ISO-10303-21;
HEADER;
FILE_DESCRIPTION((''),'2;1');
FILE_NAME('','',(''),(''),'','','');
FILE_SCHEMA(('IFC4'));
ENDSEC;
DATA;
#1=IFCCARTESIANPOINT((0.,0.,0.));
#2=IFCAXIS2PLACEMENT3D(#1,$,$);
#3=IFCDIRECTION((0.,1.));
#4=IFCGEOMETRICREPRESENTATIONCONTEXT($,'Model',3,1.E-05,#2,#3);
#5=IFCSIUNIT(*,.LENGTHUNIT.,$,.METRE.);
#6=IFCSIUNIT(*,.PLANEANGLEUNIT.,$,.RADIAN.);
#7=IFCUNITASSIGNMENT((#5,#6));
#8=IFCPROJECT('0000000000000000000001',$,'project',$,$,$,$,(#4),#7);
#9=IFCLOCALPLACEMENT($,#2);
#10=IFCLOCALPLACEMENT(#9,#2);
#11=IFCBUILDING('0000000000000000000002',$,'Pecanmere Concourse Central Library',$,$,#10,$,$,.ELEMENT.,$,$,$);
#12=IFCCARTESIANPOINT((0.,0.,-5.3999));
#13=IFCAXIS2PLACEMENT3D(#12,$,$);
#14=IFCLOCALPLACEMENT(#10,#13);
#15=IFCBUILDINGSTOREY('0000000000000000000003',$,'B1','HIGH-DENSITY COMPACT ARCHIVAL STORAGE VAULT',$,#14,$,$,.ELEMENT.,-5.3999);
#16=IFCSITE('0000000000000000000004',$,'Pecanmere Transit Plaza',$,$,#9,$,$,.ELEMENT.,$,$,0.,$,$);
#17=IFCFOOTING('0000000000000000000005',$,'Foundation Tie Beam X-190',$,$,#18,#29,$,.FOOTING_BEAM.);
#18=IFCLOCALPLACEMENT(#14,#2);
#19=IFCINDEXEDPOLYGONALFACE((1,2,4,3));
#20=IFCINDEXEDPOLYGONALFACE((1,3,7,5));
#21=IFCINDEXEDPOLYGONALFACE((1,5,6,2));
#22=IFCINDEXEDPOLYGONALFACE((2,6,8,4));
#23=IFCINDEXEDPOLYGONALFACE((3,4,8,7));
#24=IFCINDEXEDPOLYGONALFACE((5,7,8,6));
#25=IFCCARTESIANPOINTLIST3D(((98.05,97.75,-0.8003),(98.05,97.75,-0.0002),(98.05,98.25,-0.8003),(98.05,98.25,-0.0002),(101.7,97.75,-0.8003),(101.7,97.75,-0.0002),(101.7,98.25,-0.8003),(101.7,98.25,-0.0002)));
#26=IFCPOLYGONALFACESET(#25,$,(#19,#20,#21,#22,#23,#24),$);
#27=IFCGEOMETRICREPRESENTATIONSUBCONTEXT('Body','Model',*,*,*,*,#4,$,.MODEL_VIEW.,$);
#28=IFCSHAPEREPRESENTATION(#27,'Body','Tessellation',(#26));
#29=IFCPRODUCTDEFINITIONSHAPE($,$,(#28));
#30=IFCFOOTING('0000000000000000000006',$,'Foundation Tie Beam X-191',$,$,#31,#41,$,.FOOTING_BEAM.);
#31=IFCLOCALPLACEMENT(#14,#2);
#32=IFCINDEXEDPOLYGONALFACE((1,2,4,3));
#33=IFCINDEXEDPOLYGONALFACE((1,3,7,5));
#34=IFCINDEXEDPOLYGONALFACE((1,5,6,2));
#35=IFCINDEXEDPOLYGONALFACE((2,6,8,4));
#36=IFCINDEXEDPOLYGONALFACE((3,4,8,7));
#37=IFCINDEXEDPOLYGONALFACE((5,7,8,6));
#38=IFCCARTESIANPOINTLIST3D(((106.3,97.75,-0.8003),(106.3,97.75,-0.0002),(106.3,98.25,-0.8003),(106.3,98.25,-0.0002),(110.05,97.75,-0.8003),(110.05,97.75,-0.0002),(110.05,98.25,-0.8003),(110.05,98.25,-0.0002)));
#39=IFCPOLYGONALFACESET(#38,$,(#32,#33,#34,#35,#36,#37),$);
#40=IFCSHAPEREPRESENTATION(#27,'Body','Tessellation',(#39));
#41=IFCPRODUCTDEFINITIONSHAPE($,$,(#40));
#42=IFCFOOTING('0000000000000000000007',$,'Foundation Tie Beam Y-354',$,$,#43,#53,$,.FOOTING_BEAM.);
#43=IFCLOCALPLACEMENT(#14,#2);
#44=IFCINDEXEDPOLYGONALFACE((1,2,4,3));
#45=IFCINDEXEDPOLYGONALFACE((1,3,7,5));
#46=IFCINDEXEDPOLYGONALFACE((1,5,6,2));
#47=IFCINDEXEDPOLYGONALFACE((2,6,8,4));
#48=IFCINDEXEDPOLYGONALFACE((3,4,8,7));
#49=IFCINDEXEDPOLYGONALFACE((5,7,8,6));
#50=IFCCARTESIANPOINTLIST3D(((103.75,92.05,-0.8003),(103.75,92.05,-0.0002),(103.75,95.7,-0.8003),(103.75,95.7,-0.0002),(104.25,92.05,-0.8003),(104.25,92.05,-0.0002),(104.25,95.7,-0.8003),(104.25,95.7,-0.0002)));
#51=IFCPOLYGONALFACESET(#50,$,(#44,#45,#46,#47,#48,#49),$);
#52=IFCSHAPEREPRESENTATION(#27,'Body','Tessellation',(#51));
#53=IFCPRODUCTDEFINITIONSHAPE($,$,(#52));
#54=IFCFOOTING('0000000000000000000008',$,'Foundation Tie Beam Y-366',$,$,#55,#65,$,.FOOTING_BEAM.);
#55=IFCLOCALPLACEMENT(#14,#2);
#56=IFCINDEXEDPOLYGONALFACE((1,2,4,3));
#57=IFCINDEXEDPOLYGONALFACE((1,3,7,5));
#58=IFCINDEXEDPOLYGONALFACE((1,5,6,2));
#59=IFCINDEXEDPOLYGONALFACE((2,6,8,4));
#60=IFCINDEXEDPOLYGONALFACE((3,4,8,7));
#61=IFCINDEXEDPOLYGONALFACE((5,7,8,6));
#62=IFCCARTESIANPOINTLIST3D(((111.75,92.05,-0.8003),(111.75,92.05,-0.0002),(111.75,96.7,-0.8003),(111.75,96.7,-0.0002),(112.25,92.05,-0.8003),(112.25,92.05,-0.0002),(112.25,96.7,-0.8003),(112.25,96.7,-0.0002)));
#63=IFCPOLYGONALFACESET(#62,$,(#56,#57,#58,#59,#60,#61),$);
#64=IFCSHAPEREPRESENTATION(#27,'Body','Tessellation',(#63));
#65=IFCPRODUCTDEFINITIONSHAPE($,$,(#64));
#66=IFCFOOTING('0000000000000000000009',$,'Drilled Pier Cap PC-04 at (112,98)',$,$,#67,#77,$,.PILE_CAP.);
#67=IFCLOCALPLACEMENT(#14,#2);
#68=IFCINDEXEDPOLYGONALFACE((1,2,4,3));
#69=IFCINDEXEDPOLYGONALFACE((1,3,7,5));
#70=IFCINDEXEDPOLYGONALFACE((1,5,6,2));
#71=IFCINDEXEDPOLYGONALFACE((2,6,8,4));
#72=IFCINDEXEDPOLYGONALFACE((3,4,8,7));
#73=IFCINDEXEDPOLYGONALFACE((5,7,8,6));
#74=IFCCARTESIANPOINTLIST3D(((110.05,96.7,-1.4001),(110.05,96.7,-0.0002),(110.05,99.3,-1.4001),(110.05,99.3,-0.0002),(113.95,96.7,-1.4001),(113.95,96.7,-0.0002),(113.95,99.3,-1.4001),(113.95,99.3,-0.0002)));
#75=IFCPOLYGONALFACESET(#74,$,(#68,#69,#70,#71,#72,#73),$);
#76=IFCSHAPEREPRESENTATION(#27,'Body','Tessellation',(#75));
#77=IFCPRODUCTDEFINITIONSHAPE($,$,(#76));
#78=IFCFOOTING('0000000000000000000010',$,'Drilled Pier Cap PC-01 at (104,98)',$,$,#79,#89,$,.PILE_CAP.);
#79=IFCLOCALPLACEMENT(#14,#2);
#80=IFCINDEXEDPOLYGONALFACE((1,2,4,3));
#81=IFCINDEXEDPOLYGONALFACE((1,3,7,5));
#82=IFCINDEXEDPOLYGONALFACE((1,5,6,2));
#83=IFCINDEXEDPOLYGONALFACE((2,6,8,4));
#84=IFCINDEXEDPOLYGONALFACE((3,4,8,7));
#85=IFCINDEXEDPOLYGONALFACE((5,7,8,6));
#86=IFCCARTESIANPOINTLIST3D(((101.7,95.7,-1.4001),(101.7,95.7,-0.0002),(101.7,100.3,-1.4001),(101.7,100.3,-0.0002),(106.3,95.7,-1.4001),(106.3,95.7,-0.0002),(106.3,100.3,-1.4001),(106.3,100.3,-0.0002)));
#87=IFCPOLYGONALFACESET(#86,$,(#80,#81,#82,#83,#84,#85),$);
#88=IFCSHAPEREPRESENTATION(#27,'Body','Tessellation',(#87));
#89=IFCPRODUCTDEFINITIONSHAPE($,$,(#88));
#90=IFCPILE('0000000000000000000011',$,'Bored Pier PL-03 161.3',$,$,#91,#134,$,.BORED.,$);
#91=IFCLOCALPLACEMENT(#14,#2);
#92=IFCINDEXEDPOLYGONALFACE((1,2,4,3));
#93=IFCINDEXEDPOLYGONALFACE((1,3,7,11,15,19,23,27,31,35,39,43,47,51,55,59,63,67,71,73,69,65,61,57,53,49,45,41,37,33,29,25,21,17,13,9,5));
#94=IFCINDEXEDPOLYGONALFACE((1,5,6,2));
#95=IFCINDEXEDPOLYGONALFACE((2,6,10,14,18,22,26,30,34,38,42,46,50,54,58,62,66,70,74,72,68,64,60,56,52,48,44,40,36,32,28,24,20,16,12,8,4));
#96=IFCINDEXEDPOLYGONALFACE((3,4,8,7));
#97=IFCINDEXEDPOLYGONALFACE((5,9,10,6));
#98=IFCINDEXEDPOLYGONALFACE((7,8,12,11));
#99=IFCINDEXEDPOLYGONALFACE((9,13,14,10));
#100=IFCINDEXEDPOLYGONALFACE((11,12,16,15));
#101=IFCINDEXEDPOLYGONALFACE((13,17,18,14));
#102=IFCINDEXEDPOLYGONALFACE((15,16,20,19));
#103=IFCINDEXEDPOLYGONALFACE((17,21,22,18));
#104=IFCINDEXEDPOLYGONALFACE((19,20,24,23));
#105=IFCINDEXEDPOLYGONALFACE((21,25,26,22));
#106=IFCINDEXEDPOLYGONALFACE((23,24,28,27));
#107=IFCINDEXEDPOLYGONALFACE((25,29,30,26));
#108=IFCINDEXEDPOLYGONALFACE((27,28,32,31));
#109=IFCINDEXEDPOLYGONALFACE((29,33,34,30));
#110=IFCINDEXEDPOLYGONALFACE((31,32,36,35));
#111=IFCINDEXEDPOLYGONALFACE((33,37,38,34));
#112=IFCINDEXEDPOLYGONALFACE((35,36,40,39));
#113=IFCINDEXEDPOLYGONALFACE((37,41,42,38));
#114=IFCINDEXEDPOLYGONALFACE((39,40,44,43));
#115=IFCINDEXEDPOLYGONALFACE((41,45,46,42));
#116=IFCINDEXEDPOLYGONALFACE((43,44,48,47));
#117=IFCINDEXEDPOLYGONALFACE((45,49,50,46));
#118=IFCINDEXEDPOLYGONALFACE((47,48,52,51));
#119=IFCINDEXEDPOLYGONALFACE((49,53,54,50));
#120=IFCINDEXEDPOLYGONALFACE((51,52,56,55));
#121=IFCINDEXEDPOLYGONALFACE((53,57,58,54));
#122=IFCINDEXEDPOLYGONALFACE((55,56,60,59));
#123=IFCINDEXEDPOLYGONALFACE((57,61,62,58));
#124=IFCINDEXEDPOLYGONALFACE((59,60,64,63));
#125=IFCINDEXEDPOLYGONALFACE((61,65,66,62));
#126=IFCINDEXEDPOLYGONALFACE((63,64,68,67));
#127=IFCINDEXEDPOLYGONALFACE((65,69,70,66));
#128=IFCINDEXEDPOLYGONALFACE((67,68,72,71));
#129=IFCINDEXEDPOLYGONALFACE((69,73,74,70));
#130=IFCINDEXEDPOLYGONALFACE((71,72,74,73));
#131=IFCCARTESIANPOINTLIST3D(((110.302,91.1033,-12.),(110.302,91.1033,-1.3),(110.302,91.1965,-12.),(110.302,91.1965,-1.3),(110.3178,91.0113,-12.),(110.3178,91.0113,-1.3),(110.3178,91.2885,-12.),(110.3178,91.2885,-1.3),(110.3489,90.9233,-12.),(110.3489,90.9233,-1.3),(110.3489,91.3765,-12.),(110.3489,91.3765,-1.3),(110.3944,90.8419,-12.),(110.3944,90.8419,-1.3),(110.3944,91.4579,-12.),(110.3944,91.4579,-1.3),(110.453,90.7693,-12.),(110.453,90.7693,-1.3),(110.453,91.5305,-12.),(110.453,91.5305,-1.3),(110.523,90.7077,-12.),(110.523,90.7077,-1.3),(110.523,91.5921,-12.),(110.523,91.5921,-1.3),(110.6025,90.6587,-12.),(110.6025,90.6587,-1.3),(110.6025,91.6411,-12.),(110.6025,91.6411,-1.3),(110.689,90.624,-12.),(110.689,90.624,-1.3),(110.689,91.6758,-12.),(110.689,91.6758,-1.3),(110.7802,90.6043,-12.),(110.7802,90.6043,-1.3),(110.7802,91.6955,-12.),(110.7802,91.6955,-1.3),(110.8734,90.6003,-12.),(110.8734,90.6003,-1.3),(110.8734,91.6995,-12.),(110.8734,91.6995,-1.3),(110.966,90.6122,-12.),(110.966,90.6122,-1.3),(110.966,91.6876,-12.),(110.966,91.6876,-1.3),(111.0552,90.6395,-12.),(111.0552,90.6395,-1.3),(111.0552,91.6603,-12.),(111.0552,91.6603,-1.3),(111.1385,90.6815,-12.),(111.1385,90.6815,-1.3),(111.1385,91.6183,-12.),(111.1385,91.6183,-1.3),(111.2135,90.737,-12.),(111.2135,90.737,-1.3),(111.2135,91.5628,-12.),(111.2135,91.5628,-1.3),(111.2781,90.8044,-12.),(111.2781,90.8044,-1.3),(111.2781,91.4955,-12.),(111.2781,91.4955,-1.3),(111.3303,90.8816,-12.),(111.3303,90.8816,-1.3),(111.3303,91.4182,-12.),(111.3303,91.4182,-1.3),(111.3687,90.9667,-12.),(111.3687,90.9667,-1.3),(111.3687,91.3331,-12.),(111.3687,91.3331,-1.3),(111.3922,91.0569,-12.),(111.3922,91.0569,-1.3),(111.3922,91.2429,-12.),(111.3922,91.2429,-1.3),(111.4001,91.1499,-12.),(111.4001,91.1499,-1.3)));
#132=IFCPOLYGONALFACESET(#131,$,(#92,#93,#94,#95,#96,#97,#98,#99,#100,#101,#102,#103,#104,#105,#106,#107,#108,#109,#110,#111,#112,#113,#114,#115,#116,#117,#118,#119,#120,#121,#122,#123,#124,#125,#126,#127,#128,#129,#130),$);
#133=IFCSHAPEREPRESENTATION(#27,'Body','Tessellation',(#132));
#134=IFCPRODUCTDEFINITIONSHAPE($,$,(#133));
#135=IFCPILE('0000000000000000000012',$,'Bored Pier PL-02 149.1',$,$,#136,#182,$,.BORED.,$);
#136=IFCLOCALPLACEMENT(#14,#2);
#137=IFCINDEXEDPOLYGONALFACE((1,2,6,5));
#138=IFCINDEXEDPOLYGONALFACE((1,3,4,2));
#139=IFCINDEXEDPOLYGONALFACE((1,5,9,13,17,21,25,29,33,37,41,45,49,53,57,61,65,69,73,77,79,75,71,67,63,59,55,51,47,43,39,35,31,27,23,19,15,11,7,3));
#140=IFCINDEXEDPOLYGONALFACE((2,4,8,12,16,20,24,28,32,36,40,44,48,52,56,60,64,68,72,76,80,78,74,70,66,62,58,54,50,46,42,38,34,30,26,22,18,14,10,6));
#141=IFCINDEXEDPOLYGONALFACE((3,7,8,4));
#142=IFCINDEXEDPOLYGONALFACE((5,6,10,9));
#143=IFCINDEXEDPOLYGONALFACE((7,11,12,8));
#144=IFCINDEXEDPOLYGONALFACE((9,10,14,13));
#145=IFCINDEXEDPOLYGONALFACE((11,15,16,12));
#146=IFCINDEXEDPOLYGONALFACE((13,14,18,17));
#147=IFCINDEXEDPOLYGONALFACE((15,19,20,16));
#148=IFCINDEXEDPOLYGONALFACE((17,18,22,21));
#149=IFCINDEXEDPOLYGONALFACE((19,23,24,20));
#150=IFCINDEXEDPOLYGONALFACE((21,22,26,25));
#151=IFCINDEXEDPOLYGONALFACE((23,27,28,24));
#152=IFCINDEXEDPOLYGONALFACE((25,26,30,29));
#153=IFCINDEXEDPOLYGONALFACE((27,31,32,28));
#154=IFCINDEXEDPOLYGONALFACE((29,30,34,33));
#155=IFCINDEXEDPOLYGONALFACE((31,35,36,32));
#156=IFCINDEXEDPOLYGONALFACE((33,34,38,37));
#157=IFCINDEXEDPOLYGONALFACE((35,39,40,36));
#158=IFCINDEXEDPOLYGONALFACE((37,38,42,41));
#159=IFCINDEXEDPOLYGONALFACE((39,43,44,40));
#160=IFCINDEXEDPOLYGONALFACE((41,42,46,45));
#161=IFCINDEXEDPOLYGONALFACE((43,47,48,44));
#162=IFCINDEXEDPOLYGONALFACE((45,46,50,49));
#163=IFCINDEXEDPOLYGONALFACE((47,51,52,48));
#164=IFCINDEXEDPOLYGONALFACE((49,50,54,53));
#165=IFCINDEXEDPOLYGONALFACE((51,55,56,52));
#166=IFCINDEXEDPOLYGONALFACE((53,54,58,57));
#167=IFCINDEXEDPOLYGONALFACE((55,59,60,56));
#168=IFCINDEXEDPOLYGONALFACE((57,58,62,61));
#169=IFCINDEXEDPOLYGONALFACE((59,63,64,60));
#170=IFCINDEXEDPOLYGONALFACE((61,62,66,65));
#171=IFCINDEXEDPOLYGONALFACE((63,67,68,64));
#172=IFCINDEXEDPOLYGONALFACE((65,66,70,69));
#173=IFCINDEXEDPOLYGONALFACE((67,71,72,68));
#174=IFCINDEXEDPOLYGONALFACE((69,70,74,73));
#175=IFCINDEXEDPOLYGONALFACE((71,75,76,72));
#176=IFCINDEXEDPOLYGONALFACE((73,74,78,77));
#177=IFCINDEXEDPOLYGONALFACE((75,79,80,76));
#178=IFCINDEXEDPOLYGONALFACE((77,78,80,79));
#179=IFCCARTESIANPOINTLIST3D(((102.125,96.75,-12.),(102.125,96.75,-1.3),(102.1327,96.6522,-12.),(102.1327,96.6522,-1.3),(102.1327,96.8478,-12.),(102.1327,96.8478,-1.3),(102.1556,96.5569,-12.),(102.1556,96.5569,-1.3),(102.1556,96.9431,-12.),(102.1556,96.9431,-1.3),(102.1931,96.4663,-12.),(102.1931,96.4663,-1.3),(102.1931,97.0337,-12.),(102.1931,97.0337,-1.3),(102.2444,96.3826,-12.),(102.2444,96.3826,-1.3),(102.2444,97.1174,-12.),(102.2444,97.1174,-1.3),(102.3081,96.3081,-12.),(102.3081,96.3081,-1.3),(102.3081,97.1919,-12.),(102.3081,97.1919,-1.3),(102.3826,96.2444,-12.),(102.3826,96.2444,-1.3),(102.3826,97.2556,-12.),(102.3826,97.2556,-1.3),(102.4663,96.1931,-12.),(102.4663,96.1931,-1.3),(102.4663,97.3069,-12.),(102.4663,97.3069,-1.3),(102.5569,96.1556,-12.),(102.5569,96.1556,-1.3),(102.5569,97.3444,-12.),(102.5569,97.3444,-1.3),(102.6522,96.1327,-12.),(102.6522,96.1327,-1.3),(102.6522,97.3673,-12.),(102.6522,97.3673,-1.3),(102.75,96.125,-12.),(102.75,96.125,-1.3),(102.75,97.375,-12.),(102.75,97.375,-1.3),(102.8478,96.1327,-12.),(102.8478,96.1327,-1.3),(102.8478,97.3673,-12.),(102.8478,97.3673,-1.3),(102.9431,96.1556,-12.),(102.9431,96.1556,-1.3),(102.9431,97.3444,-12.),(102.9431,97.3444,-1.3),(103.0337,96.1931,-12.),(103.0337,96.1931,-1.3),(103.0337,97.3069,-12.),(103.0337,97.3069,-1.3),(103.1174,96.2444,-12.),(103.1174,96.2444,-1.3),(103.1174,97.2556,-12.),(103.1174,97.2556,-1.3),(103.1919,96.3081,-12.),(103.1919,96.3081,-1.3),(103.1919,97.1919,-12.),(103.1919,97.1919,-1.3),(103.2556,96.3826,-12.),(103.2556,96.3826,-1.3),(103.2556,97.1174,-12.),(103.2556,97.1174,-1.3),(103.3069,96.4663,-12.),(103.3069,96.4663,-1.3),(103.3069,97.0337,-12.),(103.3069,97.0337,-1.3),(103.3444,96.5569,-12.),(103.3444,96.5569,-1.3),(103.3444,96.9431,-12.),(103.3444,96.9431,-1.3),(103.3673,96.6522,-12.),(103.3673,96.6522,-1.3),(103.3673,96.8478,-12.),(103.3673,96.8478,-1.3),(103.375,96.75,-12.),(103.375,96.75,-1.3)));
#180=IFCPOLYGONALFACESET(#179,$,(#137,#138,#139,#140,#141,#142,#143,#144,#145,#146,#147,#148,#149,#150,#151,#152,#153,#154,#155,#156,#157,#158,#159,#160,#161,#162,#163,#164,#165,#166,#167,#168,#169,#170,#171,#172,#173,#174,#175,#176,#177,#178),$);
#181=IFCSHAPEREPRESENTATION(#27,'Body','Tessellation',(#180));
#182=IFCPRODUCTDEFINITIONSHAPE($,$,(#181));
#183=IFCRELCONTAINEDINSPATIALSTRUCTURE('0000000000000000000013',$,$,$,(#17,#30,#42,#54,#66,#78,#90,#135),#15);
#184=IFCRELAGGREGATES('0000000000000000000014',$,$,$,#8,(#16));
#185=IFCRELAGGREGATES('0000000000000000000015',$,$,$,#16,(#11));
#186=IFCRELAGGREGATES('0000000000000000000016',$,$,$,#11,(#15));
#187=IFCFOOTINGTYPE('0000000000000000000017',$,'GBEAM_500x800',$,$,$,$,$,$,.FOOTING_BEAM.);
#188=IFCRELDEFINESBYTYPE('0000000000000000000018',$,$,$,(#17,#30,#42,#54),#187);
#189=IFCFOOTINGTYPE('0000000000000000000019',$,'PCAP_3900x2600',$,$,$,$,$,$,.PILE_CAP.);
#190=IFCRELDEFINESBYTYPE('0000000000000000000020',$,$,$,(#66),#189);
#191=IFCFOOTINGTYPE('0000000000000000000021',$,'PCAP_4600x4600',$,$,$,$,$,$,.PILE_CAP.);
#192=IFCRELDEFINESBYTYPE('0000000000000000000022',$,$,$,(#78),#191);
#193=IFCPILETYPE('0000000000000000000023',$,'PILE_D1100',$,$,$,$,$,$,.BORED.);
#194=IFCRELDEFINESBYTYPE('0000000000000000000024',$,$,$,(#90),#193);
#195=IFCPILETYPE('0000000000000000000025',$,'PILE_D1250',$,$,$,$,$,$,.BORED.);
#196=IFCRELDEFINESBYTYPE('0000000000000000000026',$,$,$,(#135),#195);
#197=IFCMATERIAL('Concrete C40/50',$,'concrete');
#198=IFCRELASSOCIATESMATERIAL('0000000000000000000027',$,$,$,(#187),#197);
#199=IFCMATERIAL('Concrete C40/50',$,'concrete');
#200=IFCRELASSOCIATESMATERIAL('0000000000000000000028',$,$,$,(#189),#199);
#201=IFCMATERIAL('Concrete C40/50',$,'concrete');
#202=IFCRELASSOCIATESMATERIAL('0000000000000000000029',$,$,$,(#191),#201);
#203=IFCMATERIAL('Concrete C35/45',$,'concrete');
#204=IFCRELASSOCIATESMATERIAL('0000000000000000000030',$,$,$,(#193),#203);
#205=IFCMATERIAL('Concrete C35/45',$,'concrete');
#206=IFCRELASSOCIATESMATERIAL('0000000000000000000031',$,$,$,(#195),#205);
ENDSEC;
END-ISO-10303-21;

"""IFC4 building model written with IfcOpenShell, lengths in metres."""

from ifc_helpers import new_model, si_unit, direction, frame, origin, origin_2d, place, context, subcontext, project, spatial, rectangle, circle, extrude, material, material_profile, profile_set, type_object, element, save


model = new_model("IFC4")

# Units and contexts
model_context = context("Model", 3, precision=1e-05, world=origin(), true_north=direction((0.0, 1.0)))
body_context = subcontext(model_context, "Body", "Model", "MODEL_VIEW")
ifc_project = project(units=[si_unit("LENGTHUNIT", "METRE"), si_unit("PLANEANGLEUNIT", "RADIAN")], contexts=[model_context])

# Site, building, storey
site_placement = place(None, origin())
site = spatial("IfcSite", under=ifc_project, at=site_placement, Name="Pecanmere Transit Plaza", CompositionType="ELEMENT", RefElevation=0.0)
building_placement = place(site_placement, origin())
building = spatial("IfcBuilding", under=site, at=building_placement, Name="Pecanmere Concourse Central Library", CompositionType="ELEMENT")
storey_placement = place(building_placement, frame((0.0, 0.0, -5.3999)))
storey = spatial("IfcBuildingStorey", under=building, at=storey_placement, Name="B1", Description="HIGH-DENSITY COMPACT ARCHIVAL STORAGE VAULT", CompositionType="ELEMENT", Elevation=-5.3999)

# Footings
ifc_material_1 = material(Name="Concrete C40/50", Category="concrete")
ifc_material_profile_1 = material_profile(ifc_material_1, rectangle(XDim=0.5, YDim=0.8, at=origin_2d()), Name="RC 500x800")
ifc_profile_set_1 = profile_set([ifc_material_profile_1], Name="Concrete C40/50")
footing_type_1 = type_object("IfcFootingType", Name="GBEAM_500x800", PredefinedType="FOOTING_BEAM", material=ifc_profile_set_1)
footing_1_placement = place(storey_placement, frame((99.875, 98.0, -0.8003), z_axis=(0.0, 0.0, 1.0), x_axis=(1.0, 0.0, 0.0)))
element("IfcFooting", 1, at=footing_1_placement, inside=storey, type_object=footing_type_1, Name="Foundation Tie Beam X-190", PredefinedType="FOOTING_BEAM", context=body_context, shape_type="SweptSolid", body=[
    extrude(rectangle(XDim=3.6499, YDim=0.5, at=origin_2d()), origin(), (0.0, 0.0, 1.0), 0.8),
])
footing_2_placement = place(storey_placement, frame((108.175, 98.0, -0.8003), z_axis=(0.0, 0.0, 1.0), x_axis=(1.0, 0.0, 0.0)))
element("IfcFooting", 2, at=footing_2_placement, inside=storey, type_object=footing_type_1, Name="Foundation Tie Beam X-191", PredefinedType="FOOTING_BEAM", context=body_context, shape_type="SweptSolid", body=[
    extrude(rectangle(XDim=3.75, YDim=0.5, at=origin_2d()), origin(), (0.0, 0.0, 1.0), 0.8),
])
footing_3_placement = place(storey_placement, frame((104.0, 93.875, -0.8003), z_axis=(0.0, 0.0, 1.0), x_axis=(0.0, 1.0, 0.0)))
element("IfcFooting", 3, at=footing_3_placement, inside=storey, type_object=footing_type_1, Name="Foundation Tie Beam Y-354", PredefinedType="FOOTING_BEAM", context=body_context, shape_type="SweptSolid", body=[
    extrude(rectangle(XDim=3.6499, YDim=0.5, at=origin_2d()), origin(), (0.0, 0.0, 1.0), 0.8),
])
footing_4_placement = place(storey_placement, frame((112.0, 94.375, -0.8003), z_axis=(0.0, 0.0, 1.0), x_axis=(0.0, 1.0, 0.0)))
element("IfcFooting", 4, at=footing_4_placement, inside=storey, type_object=footing_type_1, Name="Foundation Tie Beam Y-366", PredefinedType="FOOTING_BEAM", context=body_context, shape_type="SweptSolid", body=[
    extrude(rectangle(XDim=4.6499, YDim=0.5, at=origin_2d()), origin(), (0.0, 0.0, 1.0), 0.8),
])
ifc_material_2 = material(Name="Concrete C40/50", Category="concrete")
footing_type_2 = type_object("IfcFootingType", Name="PCAP_3900x2600", PredefinedType="PILE_CAP", material=ifc_material_2)
footing_5_placement = place(storey_placement, frame((112.0, 98.0, -1.4001), z_axis=(0.0, 0.0, 1.0), x_axis=(1.0, 0.0, 0.0)))
element("IfcFooting", 5, at=footing_5_placement, inside=storey, type_object=footing_type_2, Name="Drilled Pier Cap PC-04 at (112,98)", PredefinedType="PILE_CAP", context=body_context, shape_type="SweptSolid", body=[
    extrude(rectangle(XDim=3.8999, YDim=2.6001, at=origin_2d()), origin(), (0.0, 0.0, 1.0), 1.3999),
])
ifc_material_3 = material(Name="Concrete C40/50", Category="concrete")
footing_type_3 = type_object("IfcFootingType", Name="PCAP_4600x4600", PredefinedType="PILE_CAP", material=ifc_material_3)
footing_6_placement = place(storey_placement, frame((104.0, 98.0, -1.4001), z_axis=(0.0, 0.0, 1.0), x_axis=(1.0, 0.0, 0.0)))
element("IfcFooting", 6, at=footing_6_placement, inside=storey, type_object=footing_type_3, Name="Drilled Pier Cap PC-01 at (104,98)", PredefinedType="PILE_CAP", context=body_context, shape_type="SweptSolid", body=[
    extrude(rectangle(XDim=4.6001, YDim=4.6001, at=origin_2d()), origin(), (0.0, 0.0, 1.0), 1.3999),
])

# Piles
ifc_material_4 = material(Name="Concrete C35/45", Category="concrete")
ifc_material_profile_2 = material_profile(ifc_material_4, circle(Radius=0.55, at=origin_2d()), Name="PIER D1100")
ifc_profile_set_2 = profile_set([ifc_material_profile_2], Name="Concrete C35/45")
pile_type_1 = type_object("IfcPileType", Name="PILE_D1100", PredefinedType="BORED", material=ifc_profile_set_2)
pile_1_placement = place(storey_placement, frame((110.8501, 91.1499, -1.3), z_axis=(0.0, 0.0, -1.0), x_axis=(1.0, 0.0, 0.0)))
element("IfcPile", 7, at=pile_1_placement, inside=storey, type_object=pile_type_1, Name="Bored Pier PL-03 161.3", PredefinedType="BORED", context=body_context, shape_type="SweptSolid", body=[
    extrude(circle(Radius=0.55, at=origin_2d()), origin(), (0.0, 0.0, 1.0), 10.7),
])
ifc_material_5 = material(Name="Concrete C35/45", Category="concrete")
ifc_material_profile_3 = material_profile(ifc_material_5, circle(Radius=0.625, at=origin_2d()), Name="PIER D1250")
ifc_profile_set_3 = profile_set([ifc_material_profile_3], Name="Concrete C35/45")
pile_type_2 = type_object("IfcPileType", Name="PILE_D1250", PredefinedType="BORED", material=ifc_profile_set_3)
for number, where, z_axis, x_axis, name in (
    (8, (102.75, 96.75, -1.3), (0.0, 0.0, -1.0), (1.0, 0.0, 0.0), "Bored Pier PL-02 149.1"),
):
    element("IfcPile", number, at=place(storey_placement, frame(where, z_axis=z_axis, x_axis=x_axis)), inside=storey, type_object=pile_type_2, Name=name, PredefinedType="BORED", context=body_context, shape_type="SweptSolid", body=[
        extrude(circle(Radius=0.625, at=origin_2d()), origin(), (0.0, 0.0, 1.0), 10.7),
    ])

save(model, "model.ifc")
